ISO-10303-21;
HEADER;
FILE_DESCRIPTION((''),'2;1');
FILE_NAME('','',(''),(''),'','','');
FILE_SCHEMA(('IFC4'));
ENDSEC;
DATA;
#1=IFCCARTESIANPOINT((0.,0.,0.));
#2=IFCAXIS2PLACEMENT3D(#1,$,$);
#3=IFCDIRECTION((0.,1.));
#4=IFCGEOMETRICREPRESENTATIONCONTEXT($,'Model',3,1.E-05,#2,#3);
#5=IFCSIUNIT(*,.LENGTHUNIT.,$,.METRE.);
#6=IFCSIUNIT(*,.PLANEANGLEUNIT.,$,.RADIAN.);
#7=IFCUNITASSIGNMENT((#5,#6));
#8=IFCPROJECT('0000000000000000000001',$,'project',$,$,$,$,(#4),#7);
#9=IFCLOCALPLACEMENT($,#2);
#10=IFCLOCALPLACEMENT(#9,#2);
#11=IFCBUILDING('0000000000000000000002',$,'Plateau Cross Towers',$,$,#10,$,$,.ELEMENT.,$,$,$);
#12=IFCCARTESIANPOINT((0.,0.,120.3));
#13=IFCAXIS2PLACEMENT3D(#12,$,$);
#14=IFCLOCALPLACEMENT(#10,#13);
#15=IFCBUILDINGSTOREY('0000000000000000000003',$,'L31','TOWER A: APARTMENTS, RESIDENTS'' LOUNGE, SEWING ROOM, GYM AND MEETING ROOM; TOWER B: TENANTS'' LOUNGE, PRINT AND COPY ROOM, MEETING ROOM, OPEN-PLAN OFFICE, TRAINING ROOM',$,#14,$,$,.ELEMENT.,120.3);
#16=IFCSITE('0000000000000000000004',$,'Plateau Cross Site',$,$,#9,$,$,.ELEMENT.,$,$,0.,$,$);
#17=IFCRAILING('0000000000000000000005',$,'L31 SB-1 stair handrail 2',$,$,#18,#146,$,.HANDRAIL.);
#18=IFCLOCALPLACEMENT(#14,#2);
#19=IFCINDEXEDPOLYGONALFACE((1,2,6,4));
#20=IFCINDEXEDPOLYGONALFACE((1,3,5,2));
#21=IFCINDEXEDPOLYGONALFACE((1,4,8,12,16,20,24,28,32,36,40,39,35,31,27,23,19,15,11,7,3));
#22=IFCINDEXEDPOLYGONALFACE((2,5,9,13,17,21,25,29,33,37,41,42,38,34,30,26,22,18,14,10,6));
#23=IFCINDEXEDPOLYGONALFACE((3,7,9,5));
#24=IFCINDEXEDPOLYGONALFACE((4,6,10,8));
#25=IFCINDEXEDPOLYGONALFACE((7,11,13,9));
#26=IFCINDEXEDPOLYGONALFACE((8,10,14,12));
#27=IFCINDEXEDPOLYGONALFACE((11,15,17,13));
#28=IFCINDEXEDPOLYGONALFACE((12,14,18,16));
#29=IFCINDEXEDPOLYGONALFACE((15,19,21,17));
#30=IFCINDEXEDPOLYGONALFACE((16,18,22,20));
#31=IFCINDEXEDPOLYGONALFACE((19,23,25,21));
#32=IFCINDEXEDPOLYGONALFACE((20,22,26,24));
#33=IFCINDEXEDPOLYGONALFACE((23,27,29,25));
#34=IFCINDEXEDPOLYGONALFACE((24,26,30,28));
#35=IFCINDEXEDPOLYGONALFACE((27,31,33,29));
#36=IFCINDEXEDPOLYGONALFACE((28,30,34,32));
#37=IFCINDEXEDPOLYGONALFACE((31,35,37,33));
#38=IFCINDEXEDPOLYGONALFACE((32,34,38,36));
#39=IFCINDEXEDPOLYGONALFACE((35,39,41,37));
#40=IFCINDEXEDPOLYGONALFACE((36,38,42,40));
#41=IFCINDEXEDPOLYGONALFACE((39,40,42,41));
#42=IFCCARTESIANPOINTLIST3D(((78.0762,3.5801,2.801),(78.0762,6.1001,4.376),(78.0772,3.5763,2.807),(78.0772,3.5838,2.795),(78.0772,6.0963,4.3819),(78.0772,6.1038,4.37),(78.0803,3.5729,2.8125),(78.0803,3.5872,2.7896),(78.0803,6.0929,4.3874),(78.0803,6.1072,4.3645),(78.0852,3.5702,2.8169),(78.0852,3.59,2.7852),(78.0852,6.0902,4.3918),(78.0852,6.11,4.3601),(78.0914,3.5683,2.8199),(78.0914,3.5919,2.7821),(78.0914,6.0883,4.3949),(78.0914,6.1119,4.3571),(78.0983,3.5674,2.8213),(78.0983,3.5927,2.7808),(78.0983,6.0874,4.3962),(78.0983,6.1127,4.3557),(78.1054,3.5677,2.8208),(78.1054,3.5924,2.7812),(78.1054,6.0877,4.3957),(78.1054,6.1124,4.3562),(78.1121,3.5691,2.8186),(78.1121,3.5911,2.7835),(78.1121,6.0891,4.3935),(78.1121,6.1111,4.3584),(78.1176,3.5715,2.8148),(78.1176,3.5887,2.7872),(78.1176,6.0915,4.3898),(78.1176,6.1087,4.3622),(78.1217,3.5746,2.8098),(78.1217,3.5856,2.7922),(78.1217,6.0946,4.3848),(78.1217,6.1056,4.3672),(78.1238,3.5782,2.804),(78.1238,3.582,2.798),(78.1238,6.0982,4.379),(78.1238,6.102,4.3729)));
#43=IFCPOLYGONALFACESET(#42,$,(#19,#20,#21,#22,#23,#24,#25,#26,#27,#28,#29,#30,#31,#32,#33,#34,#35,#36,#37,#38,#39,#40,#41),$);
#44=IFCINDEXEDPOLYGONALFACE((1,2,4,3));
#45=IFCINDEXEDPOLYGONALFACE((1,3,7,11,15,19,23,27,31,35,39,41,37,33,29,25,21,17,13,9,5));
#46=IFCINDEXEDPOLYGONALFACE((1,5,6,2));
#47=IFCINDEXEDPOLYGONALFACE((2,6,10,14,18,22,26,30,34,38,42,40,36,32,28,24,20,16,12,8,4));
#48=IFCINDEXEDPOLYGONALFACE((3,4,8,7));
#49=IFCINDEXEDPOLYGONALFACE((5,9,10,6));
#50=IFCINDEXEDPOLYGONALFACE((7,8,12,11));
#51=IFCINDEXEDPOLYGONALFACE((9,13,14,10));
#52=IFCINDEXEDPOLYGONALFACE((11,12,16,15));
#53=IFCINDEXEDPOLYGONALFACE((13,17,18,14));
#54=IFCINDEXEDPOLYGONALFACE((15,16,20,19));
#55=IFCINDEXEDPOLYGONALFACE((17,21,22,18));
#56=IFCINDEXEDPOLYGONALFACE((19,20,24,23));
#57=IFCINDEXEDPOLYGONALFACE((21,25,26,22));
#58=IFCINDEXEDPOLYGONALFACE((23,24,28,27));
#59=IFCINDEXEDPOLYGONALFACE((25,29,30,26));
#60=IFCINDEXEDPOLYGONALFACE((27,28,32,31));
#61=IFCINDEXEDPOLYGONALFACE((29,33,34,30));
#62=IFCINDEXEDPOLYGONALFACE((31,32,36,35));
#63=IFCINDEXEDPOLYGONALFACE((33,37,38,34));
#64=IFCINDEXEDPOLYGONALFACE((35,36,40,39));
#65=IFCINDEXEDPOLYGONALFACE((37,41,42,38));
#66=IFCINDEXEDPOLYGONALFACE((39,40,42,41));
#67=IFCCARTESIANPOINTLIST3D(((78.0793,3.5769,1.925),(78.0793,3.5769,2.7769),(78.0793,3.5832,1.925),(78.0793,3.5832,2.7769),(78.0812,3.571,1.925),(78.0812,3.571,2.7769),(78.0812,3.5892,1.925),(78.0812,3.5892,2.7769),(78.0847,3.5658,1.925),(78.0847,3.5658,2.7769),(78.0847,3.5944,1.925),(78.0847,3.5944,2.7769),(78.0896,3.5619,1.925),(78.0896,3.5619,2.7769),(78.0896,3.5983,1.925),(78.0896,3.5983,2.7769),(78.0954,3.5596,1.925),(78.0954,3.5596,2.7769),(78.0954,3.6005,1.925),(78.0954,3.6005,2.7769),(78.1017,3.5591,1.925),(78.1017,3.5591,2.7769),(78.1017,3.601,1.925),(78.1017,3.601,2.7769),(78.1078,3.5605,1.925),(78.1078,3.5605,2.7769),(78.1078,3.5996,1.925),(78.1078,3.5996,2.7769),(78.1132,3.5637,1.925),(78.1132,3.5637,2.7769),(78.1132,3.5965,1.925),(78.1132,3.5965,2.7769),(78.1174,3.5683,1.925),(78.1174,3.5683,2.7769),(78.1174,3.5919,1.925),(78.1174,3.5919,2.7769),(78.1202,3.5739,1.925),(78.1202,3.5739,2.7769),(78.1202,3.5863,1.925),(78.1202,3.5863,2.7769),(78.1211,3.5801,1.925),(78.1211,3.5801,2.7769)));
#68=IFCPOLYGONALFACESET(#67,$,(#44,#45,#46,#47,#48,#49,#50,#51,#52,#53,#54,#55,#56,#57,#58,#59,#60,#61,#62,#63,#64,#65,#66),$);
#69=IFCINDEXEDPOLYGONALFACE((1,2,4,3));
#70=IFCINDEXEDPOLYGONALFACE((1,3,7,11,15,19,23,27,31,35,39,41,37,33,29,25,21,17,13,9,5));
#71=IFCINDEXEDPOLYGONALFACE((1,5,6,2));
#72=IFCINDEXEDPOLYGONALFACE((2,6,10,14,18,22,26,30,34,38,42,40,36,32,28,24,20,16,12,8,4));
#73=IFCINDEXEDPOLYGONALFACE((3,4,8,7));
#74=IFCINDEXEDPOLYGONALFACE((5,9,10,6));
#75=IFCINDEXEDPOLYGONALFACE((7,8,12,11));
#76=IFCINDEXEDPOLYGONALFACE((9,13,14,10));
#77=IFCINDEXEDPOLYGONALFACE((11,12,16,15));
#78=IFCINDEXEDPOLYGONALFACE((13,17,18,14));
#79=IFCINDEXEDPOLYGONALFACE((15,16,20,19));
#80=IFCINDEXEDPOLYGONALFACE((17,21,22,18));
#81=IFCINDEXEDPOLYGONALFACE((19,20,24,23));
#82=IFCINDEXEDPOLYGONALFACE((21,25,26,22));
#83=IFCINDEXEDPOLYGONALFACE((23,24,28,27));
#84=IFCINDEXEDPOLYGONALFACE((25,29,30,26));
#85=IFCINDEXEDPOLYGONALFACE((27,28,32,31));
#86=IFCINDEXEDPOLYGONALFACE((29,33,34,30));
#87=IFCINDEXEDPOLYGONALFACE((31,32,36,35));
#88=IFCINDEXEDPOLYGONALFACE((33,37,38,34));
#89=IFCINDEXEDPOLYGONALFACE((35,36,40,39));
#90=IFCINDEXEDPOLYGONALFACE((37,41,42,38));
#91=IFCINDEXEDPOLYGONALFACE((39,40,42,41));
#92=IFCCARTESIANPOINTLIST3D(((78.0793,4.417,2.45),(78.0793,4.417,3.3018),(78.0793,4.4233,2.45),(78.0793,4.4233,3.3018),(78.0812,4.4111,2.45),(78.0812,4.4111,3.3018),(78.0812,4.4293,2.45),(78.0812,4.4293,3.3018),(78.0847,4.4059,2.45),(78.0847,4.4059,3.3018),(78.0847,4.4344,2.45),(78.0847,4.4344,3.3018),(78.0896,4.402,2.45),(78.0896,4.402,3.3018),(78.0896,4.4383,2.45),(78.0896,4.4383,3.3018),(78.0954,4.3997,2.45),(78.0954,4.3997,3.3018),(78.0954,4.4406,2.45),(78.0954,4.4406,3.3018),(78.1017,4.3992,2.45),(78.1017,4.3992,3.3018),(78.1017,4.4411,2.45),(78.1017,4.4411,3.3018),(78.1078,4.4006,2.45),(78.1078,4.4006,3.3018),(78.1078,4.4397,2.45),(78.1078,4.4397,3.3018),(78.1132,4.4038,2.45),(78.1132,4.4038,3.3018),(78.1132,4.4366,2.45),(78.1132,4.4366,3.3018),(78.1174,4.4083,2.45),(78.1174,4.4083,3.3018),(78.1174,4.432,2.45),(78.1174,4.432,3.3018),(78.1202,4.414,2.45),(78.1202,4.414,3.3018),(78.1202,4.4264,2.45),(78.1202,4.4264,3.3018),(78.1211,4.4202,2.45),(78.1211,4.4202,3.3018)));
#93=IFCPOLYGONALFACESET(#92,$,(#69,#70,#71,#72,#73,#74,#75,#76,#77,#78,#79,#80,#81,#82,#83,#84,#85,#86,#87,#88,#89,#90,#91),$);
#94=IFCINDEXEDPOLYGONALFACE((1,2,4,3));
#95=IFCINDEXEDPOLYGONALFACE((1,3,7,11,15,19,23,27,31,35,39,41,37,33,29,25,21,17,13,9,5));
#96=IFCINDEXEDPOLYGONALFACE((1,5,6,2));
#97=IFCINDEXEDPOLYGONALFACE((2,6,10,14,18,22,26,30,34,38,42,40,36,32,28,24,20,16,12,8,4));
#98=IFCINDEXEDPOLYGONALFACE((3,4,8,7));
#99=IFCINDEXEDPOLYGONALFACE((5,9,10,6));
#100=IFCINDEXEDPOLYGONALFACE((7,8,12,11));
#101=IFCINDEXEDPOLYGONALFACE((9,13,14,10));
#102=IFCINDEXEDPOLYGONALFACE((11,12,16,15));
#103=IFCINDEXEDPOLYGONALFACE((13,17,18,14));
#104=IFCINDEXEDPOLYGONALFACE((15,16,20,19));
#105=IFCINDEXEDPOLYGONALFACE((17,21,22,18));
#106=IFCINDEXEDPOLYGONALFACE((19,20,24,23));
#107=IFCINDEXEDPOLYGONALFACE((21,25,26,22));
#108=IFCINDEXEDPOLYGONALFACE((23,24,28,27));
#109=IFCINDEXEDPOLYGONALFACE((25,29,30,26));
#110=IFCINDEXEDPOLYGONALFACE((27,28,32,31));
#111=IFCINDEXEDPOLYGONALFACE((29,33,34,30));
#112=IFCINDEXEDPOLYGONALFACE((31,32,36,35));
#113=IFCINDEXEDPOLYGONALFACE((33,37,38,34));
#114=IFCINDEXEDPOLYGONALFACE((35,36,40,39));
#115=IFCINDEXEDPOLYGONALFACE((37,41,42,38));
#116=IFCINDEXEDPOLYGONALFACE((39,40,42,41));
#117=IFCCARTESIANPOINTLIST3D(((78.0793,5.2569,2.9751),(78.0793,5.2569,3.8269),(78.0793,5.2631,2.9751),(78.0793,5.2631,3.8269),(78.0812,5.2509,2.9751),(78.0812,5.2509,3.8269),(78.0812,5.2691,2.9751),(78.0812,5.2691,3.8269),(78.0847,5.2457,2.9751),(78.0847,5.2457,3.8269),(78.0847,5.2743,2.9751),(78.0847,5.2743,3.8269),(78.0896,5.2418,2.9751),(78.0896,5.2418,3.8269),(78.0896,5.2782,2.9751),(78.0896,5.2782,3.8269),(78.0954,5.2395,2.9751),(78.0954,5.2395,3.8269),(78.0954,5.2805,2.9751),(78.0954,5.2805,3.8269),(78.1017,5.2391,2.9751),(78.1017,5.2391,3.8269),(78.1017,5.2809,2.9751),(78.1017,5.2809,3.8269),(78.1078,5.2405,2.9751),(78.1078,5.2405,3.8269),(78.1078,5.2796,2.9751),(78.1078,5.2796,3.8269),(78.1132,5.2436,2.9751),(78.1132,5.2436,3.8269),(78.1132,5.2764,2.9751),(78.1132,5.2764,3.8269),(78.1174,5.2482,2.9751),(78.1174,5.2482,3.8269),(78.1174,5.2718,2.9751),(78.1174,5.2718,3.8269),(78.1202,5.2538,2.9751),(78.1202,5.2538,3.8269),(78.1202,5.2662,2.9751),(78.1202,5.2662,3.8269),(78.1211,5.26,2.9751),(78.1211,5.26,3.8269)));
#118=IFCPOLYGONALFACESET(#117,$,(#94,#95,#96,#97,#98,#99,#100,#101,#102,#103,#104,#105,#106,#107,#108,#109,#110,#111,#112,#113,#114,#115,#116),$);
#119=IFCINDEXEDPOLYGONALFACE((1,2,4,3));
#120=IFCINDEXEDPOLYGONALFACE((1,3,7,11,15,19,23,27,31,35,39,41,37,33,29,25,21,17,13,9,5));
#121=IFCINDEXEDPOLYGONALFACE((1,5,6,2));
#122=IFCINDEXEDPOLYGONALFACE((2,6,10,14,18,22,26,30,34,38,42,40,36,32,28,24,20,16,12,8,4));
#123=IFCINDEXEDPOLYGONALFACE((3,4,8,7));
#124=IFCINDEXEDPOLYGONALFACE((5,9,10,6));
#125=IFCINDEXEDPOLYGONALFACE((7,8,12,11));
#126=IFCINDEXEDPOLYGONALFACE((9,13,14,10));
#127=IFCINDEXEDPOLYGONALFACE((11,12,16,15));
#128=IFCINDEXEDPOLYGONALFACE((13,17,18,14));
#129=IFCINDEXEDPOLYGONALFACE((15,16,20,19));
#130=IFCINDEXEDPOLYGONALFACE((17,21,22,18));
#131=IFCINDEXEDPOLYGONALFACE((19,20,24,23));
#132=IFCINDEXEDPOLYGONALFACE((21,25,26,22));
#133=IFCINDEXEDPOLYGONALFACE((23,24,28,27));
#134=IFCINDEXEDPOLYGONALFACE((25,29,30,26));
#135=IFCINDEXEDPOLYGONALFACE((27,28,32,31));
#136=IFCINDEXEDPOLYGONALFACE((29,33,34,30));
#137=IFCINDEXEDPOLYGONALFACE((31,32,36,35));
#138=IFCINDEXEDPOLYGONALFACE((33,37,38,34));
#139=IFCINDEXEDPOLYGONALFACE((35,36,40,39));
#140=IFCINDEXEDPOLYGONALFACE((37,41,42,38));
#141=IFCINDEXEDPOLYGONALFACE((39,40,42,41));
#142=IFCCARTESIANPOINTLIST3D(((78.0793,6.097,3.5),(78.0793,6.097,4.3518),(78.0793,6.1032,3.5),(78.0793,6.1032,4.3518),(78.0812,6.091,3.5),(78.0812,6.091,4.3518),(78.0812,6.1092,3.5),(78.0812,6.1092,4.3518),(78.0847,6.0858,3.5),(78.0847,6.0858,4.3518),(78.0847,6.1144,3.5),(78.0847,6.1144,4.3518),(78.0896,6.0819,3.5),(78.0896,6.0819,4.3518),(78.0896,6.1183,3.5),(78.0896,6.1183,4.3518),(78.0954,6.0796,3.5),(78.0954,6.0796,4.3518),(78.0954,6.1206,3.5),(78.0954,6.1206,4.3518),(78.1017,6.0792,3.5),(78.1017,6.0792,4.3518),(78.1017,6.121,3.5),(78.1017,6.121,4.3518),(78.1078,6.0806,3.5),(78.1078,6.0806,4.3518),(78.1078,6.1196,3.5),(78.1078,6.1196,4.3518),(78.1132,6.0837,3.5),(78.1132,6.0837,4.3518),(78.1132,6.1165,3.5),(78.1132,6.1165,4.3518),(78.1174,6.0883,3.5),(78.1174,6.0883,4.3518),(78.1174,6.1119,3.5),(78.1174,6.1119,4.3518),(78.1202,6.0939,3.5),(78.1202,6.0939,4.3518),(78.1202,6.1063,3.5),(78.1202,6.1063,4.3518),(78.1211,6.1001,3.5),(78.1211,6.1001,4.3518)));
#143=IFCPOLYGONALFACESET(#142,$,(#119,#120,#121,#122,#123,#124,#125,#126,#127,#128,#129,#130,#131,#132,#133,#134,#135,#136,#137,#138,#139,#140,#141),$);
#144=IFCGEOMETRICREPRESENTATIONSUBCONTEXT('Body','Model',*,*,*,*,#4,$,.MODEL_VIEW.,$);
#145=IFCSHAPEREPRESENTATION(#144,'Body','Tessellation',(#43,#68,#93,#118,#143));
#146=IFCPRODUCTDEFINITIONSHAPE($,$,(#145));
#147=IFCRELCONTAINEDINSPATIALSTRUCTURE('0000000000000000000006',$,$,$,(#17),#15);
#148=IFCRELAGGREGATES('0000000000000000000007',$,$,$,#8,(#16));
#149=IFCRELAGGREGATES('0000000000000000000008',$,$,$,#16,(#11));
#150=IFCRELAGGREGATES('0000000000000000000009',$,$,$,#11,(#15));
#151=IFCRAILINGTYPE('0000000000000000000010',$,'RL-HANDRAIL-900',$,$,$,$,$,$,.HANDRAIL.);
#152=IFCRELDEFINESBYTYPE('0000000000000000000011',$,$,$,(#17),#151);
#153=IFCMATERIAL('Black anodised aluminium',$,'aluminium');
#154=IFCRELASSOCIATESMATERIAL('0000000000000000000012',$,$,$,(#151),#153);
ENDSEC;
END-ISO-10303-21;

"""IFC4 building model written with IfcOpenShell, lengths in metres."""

from ifc_helpers import new_model, si_unit, direction, frame, origin, origin_2d, place, context, subcontext, project, spatial, circle, extrude, material, type_object, element, save


model = new_model("IFC4")

# Units and contexts
model_context = context("Model", 3, precision=1e-05, world=origin(), true_north=direction((0.0, 1.0)))
body_context = subcontext(model_context, "Body", "Model", "MODEL_VIEW")
ifc_project = project(units=[si_unit("LENGTHUNIT", "METRE"), si_unit("PLANEANGLEUNIT", "RADIAN")], contexts=[model_context])

# Site, building, storey
site_placement = place(None, origin())
site = spatial("IfcSite", under=ifc_project, at=site_placement, Name="Plateau Cross Site", CompositionType="ELEMENT", RefElevation=0.0)
building_placement = place(site_placement, origin())
building = spatial("IfcBuilding", under=site, at=building_placement, Name="Plateau Cross Towers", CompositionType="ELEMENT")
storey_placement = place(building_placement, frame((0.0, 0.0, 120.3)))
storey = spatial("IfcBuildingStorey", under=building, at=storey_placement, Name="L31", Description="TOWER A: APARTMENTS, RESIDENTS' LOUNGE, SEWING ROOM, GYM AND MEETING ROOM; TOWER B: TENANTS' LOUNGE, PRINT AND COPY ROOM, MEETING ROOM, OPEN-PLAN OFFICE, TRAINING ROOM", CompositionType="ELEMENT", Elevation=120.3)

# Shared definitions
ifc_material_1 = material(Name="Black anodised aluminium", Category="aluminium")

# Railing
railing_type_1 = type_object("IfcRailingType", Name="RL-HANDRAIL-900", PredefinedType="HANDRAIL", material=ifc_material_1)
railing_1_placement = place(storey_placement, frame((78.1001, 3.5801, 1.925)))
element("IfcRailing", 1, at=railing_1_placement, inside=storey, type_object=railing_type_1, Name="L31 SB-1 stair handrail 2", PredefinedType="HANDRAIL", context=body_context, shape_type="SweptSolid", body=[
    extrude(circle(Radius=0.0239, at=origin_2d()), frame((0.0, 0.0, 0.876), z_axis=(0.0, 0.848008, 0.529984), x_axis=(-1.0, 0.0, 0.0)), (0.0, 0.0, 1.0), 2.9717),
    extrude(circle(Radius=0.021, at=origin_2d()), origin(), (0.0, 0.0, 1.0), 0.8518),
    extrude(circle(Radius=0.021, at=origin_2d()), frame((0.0, 0.8401, 0.5249)), (0.0, 0.0, 1.0), 0.8518),
    extrude(circle(Radius=0.021, at=origin_2d()), frame((0.0, 1.6799, 1.05)), (0.0, 0.0, 1.0), 0.8518),
    extrude(circle(Radius=0.021, at=origin_2d()), frame((0.0, 2.52, 1.575)), (0.0, 0.0, 1.0), 0.8518),
])

save(model, "model.ifc")
